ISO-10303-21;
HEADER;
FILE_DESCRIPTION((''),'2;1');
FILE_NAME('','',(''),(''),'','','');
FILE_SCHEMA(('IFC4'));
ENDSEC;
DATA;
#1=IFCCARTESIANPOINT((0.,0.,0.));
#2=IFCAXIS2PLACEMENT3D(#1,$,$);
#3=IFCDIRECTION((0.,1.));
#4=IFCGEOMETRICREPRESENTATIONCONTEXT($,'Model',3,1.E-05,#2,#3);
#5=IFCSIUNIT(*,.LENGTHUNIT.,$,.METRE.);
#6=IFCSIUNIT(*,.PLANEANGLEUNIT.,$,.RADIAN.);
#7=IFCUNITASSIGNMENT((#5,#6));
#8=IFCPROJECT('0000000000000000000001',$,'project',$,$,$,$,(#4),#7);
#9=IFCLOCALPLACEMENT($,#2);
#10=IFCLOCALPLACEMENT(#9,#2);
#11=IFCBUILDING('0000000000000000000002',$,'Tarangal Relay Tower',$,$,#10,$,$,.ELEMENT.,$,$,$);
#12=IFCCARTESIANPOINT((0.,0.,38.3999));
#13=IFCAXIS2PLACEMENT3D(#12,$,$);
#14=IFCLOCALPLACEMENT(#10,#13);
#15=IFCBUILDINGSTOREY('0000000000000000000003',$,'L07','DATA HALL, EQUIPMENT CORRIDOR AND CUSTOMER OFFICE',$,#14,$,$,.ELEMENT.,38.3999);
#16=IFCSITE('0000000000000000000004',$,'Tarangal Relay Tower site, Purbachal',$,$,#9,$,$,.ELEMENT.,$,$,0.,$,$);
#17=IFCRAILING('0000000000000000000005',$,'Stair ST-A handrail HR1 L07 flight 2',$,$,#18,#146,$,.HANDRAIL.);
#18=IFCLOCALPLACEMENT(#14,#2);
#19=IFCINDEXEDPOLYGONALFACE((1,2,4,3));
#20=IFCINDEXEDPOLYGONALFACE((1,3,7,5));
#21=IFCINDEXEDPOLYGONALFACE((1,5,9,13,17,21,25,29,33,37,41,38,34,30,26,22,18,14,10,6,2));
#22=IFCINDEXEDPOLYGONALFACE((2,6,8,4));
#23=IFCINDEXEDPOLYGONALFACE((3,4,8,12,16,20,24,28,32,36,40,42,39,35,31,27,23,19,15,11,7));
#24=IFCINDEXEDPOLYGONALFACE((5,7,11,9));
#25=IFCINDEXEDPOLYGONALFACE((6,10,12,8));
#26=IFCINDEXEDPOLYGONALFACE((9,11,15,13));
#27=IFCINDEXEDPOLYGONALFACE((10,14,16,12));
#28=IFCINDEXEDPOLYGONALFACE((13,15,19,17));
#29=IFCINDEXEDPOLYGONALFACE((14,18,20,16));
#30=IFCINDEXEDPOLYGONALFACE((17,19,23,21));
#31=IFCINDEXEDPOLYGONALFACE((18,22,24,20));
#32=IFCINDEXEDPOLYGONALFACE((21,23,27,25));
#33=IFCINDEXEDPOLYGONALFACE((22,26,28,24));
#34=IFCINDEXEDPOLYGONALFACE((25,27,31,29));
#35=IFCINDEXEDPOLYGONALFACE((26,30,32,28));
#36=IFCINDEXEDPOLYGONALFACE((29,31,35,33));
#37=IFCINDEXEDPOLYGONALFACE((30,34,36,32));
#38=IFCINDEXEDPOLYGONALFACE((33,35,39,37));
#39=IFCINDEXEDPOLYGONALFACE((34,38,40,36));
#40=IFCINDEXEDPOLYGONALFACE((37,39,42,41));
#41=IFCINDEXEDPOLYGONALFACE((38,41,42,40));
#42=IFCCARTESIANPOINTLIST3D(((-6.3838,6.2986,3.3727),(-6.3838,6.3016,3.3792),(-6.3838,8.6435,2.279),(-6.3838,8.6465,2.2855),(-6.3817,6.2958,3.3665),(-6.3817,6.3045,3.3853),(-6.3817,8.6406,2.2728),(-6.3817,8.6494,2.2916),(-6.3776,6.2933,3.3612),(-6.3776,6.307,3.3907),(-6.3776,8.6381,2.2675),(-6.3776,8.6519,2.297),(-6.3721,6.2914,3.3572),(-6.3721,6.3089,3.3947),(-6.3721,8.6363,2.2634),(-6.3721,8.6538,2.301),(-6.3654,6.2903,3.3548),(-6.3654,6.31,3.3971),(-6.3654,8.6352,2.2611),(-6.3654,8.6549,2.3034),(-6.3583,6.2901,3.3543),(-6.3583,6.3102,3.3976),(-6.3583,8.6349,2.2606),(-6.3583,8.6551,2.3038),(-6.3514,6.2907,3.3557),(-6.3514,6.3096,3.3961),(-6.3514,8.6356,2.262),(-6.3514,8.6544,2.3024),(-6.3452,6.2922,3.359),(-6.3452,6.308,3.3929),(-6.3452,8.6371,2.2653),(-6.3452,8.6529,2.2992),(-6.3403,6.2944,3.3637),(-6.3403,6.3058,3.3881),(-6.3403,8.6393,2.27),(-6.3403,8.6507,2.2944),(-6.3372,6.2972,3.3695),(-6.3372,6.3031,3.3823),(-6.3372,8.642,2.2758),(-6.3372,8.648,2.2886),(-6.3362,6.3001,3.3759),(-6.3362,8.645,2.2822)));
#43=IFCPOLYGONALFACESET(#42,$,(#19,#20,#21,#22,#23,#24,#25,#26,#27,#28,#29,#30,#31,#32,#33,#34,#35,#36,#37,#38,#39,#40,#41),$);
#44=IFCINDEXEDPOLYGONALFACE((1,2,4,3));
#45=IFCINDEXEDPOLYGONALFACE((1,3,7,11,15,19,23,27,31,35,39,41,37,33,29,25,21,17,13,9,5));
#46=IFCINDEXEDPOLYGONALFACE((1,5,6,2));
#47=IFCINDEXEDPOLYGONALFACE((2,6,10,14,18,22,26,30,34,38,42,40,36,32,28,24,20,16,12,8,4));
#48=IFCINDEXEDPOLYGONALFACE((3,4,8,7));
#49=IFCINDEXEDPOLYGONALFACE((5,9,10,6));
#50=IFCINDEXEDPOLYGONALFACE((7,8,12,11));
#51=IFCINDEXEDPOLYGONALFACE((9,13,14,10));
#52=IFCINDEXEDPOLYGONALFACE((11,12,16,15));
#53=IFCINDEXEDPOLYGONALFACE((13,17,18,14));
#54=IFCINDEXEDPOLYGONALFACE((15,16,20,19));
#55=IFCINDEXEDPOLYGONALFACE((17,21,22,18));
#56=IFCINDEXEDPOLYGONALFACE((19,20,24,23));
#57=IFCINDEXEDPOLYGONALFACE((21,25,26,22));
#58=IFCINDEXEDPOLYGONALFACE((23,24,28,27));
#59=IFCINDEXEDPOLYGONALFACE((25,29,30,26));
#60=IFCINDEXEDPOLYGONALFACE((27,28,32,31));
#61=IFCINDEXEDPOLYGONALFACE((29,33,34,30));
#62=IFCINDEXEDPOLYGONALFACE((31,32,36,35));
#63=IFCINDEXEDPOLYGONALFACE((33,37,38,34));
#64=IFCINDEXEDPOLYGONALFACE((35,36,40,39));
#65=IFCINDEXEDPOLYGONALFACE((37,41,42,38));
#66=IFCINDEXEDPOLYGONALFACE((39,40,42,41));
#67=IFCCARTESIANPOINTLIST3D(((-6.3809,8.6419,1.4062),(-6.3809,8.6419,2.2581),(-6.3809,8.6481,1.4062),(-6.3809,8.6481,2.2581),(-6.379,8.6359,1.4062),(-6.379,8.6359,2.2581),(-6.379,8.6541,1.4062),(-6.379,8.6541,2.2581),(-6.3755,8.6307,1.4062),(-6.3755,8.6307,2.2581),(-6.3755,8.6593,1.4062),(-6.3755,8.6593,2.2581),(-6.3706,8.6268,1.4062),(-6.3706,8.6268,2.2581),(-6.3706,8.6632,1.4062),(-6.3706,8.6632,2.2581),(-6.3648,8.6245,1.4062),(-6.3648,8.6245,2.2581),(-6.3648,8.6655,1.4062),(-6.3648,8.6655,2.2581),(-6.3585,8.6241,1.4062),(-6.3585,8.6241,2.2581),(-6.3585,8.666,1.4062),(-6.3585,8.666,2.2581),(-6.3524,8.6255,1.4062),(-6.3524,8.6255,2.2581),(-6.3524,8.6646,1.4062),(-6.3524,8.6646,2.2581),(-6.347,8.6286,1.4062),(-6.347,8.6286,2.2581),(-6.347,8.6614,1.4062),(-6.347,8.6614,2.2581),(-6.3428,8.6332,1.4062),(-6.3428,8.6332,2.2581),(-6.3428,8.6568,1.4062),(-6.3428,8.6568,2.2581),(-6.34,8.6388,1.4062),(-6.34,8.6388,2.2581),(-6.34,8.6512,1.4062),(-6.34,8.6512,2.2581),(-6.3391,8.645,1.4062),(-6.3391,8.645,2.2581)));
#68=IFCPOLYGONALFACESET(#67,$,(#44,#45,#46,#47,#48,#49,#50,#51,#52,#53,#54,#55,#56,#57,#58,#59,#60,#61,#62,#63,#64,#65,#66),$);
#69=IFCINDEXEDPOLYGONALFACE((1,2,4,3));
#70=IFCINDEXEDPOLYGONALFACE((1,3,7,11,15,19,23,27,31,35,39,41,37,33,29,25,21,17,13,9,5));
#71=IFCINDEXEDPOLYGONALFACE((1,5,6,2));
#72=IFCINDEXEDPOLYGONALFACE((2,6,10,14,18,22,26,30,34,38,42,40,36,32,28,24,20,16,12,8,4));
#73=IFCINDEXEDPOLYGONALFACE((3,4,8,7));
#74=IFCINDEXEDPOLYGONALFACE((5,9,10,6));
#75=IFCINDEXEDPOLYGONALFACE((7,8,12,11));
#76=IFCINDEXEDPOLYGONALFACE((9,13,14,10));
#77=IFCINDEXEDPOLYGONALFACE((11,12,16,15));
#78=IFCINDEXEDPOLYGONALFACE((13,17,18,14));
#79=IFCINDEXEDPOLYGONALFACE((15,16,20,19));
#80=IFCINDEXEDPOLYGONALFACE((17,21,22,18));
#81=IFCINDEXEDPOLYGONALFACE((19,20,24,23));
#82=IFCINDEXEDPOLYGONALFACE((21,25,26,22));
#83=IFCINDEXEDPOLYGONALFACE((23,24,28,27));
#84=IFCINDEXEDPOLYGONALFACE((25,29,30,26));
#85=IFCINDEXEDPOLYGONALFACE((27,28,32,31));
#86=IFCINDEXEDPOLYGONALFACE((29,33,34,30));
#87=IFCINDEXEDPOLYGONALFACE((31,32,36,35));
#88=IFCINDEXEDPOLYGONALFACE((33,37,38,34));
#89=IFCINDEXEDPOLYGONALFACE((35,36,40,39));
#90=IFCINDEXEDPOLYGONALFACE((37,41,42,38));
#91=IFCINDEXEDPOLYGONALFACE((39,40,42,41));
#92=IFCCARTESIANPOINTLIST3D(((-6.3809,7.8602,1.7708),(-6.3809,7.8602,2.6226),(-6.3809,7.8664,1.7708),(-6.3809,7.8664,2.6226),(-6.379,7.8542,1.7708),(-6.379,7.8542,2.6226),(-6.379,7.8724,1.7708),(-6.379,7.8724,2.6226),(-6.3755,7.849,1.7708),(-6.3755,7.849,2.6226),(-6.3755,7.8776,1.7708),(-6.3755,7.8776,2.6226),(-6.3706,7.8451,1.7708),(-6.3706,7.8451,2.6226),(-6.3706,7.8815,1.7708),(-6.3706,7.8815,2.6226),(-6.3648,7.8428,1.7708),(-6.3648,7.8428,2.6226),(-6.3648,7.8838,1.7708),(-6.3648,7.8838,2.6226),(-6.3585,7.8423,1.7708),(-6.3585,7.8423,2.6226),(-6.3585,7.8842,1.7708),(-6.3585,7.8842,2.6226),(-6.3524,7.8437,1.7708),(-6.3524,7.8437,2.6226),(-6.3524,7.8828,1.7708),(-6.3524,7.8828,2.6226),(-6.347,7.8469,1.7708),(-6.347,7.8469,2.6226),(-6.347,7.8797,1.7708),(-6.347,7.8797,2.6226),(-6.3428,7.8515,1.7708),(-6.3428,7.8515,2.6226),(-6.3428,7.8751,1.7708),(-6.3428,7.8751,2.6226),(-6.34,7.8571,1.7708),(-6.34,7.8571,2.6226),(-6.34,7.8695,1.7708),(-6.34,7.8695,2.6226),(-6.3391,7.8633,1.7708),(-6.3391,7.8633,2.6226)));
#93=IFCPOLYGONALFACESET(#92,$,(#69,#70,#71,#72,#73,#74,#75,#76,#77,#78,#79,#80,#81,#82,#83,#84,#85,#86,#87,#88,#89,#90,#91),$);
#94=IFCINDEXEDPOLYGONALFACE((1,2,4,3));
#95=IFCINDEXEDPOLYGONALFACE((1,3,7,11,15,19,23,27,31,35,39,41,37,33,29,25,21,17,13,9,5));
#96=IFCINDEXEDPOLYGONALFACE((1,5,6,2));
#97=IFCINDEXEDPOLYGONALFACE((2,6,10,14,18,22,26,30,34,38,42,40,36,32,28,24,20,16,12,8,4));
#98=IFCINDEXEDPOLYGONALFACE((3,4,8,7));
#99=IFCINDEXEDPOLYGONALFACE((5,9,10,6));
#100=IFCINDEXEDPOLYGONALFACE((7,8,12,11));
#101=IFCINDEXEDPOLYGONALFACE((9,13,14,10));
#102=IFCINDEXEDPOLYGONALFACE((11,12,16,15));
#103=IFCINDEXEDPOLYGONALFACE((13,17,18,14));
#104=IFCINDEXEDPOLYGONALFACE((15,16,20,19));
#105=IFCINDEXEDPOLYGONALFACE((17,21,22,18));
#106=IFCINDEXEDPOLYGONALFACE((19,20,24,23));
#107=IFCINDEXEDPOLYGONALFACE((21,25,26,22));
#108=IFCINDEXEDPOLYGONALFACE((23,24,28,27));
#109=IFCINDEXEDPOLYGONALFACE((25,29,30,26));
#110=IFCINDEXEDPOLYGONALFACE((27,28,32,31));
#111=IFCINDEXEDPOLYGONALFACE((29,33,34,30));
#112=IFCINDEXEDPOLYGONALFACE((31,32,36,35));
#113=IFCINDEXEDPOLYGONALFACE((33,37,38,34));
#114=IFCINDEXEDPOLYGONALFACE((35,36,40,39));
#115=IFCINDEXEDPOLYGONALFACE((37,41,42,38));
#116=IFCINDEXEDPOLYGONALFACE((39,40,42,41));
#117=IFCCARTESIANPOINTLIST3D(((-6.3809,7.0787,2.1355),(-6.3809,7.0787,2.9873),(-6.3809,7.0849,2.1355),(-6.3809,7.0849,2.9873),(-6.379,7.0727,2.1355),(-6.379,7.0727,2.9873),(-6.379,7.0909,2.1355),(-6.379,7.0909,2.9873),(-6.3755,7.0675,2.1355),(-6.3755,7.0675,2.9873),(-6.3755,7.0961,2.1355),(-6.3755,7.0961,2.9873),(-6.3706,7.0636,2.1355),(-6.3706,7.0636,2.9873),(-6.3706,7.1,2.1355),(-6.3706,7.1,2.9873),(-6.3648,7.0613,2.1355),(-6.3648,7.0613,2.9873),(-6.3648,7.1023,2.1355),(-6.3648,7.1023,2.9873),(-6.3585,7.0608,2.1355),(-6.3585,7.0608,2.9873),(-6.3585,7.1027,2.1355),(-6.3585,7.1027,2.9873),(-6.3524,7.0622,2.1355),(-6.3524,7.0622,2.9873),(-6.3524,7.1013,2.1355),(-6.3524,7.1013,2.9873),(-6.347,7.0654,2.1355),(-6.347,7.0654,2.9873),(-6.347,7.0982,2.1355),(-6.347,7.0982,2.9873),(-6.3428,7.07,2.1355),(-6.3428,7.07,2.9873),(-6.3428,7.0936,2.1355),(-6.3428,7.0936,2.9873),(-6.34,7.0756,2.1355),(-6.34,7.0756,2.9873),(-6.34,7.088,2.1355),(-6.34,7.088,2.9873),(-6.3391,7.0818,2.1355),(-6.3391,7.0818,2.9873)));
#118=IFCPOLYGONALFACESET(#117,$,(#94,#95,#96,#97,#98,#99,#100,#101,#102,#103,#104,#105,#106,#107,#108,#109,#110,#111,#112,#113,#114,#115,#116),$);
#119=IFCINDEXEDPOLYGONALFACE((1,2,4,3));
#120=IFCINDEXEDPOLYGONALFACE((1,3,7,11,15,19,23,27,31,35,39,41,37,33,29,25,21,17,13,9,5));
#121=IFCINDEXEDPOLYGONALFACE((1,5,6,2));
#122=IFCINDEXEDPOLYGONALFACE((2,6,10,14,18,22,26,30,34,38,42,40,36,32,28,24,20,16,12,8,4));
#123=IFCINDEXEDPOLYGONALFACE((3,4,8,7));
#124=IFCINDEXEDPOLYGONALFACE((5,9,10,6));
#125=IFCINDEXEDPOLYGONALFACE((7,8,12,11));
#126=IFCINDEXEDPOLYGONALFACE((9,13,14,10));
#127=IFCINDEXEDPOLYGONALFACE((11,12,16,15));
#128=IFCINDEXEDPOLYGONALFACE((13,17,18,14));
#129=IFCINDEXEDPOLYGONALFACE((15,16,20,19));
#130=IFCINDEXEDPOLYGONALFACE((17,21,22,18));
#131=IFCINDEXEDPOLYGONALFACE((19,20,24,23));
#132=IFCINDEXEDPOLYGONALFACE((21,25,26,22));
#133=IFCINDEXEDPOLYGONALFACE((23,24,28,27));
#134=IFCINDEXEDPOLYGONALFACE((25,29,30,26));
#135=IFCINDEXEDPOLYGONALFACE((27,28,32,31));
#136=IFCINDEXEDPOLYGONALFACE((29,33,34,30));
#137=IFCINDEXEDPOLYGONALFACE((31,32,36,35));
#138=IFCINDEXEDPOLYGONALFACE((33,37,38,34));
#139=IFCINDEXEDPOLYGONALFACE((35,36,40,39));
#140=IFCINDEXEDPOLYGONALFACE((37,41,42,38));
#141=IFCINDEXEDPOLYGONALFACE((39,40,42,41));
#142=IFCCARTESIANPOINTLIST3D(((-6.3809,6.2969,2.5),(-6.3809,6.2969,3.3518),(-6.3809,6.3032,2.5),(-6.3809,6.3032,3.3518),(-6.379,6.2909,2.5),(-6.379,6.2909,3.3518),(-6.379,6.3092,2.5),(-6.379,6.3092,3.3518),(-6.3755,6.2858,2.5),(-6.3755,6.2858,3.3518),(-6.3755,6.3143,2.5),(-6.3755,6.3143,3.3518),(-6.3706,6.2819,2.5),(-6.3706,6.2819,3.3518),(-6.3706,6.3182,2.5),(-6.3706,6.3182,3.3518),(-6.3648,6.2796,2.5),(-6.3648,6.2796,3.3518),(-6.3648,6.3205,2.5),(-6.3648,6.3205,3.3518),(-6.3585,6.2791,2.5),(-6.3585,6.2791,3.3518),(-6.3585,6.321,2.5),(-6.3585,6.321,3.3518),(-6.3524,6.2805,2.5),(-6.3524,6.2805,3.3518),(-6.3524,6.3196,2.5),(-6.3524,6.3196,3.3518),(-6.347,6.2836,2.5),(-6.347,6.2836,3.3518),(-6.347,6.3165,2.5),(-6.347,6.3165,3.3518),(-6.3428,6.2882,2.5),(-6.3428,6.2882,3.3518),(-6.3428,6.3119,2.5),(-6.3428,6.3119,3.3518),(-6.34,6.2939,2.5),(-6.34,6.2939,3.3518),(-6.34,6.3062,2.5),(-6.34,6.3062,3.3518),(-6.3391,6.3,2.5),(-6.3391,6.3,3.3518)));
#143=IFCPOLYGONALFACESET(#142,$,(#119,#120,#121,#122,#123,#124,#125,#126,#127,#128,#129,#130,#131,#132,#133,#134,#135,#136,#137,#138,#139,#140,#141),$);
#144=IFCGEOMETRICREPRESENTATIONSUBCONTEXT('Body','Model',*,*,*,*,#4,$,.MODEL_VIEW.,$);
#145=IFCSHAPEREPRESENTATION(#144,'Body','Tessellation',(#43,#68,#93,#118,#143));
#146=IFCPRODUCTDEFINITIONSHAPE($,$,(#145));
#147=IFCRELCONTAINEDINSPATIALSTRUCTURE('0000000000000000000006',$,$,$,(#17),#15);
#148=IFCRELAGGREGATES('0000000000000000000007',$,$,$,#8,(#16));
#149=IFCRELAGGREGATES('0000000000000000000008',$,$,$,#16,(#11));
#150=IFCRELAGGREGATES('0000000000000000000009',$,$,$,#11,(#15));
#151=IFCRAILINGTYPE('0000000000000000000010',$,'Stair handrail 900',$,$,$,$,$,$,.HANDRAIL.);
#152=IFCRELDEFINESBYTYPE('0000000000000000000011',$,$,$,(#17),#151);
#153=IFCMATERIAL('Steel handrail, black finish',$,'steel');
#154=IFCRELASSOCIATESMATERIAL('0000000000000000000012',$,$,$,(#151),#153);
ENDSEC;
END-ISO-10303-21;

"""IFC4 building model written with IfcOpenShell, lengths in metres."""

from ifc_helpers import new_model, si_unit, direction, frame, origin, origin_2d, place, context, subcontext, project, spatial, circle, extrude, material, type_object, element, save


model = new_model("IFC4")

# Units and contexts
model_context = context("Model", 3, precision=1e-05, world=origin(), true_north=direction((0.0, 1.0)))
body_context = subcontext(model_context, "Body", "Model", "MODEL_VIEW")
ifc_project = project(units=[si_unit("LENGTHUNIT", "METRE"), si_unit("PLANEANGLEUNIT", "RADIAN")], contexts=[model_context])

# Site, building, storey
site_placement = place(None, origin())
site = spatial("IfcSite", under=ifc_project, at=site_placement, Name="Tarangal Relay Tower site, Purbachal", CompositionType="ELEMENT", RefElevation=0.0)
building_placement = place(site_placement, origin())
building = spatial("IfcBuilding", under=site, at=building_placement, Name="Tarangal Relay Tower", CompositionType="ELEMENT")
storey_placement = place(building_placement, frame((0.0, 0.0, 38.3999)))
storey = spatial("IfcBuildingStorey", under=building, at=storey_placement, Name="L07", Description="DATA HALL, EQUIPMENT CORRIDOR AND CUSTOMER OFFICE", CompositionType="ELEMENT", Elevation=38.3999)

# Railing
ifc_material_1 = material(Name="Steel handrail, black finish", Category="steel")
railing_type_1 = type_object("IfcRailingType", Name="Stair handrail 900", PredefinedType="HANDRAIL", material=ifc_material_1)
for number, where, name in (
    (1, (-6.3601, 8.645, 1.4062), "Stair ST-A handrail HR1 L07 flight 2"),
):
    element("IfcRailing", number, at=place(storey_placement, frame(where)), inside=storey, type_object=railing_type_1, Name=name, PredefinedType="HANDRAIL", context=body_context, shape_type="SweptSolid", body=[
        extrude(circle(Radius=0.0239, at=origin_2d()), frame((0.0, 0.0, 0.876), z_axis=(0.0, -0.906267, 0.422705), x_axis=(1.0, 0.0, 0.0)), (0.0, 0.0, 1.0), 2.5874),
        extrude(circle(Radius=0.021, at=origin_2d()), origin(), (0.0, 0.0, 1.0), 0.8518),
        extrude(circle(Radius=0.021, at=origin_2d()), frame((0.0, -0.7817, 0.3645)), (0.0, 0.0, 1.0), 0.8518),
        extrude(circle(Radius=0.021, at=origin_2d()), frame((0.0, -1.5632, 0.7292)), (0.0, 0.0, 1.0), 0.8518),
        extrude(circle(Radius=0.021, at=origin_2d()), frame((0.0, -2.345, 1.0938)), (0.0, 0.0, 1.0), 0.8518),
    ])

save(model, "model.ifc")
